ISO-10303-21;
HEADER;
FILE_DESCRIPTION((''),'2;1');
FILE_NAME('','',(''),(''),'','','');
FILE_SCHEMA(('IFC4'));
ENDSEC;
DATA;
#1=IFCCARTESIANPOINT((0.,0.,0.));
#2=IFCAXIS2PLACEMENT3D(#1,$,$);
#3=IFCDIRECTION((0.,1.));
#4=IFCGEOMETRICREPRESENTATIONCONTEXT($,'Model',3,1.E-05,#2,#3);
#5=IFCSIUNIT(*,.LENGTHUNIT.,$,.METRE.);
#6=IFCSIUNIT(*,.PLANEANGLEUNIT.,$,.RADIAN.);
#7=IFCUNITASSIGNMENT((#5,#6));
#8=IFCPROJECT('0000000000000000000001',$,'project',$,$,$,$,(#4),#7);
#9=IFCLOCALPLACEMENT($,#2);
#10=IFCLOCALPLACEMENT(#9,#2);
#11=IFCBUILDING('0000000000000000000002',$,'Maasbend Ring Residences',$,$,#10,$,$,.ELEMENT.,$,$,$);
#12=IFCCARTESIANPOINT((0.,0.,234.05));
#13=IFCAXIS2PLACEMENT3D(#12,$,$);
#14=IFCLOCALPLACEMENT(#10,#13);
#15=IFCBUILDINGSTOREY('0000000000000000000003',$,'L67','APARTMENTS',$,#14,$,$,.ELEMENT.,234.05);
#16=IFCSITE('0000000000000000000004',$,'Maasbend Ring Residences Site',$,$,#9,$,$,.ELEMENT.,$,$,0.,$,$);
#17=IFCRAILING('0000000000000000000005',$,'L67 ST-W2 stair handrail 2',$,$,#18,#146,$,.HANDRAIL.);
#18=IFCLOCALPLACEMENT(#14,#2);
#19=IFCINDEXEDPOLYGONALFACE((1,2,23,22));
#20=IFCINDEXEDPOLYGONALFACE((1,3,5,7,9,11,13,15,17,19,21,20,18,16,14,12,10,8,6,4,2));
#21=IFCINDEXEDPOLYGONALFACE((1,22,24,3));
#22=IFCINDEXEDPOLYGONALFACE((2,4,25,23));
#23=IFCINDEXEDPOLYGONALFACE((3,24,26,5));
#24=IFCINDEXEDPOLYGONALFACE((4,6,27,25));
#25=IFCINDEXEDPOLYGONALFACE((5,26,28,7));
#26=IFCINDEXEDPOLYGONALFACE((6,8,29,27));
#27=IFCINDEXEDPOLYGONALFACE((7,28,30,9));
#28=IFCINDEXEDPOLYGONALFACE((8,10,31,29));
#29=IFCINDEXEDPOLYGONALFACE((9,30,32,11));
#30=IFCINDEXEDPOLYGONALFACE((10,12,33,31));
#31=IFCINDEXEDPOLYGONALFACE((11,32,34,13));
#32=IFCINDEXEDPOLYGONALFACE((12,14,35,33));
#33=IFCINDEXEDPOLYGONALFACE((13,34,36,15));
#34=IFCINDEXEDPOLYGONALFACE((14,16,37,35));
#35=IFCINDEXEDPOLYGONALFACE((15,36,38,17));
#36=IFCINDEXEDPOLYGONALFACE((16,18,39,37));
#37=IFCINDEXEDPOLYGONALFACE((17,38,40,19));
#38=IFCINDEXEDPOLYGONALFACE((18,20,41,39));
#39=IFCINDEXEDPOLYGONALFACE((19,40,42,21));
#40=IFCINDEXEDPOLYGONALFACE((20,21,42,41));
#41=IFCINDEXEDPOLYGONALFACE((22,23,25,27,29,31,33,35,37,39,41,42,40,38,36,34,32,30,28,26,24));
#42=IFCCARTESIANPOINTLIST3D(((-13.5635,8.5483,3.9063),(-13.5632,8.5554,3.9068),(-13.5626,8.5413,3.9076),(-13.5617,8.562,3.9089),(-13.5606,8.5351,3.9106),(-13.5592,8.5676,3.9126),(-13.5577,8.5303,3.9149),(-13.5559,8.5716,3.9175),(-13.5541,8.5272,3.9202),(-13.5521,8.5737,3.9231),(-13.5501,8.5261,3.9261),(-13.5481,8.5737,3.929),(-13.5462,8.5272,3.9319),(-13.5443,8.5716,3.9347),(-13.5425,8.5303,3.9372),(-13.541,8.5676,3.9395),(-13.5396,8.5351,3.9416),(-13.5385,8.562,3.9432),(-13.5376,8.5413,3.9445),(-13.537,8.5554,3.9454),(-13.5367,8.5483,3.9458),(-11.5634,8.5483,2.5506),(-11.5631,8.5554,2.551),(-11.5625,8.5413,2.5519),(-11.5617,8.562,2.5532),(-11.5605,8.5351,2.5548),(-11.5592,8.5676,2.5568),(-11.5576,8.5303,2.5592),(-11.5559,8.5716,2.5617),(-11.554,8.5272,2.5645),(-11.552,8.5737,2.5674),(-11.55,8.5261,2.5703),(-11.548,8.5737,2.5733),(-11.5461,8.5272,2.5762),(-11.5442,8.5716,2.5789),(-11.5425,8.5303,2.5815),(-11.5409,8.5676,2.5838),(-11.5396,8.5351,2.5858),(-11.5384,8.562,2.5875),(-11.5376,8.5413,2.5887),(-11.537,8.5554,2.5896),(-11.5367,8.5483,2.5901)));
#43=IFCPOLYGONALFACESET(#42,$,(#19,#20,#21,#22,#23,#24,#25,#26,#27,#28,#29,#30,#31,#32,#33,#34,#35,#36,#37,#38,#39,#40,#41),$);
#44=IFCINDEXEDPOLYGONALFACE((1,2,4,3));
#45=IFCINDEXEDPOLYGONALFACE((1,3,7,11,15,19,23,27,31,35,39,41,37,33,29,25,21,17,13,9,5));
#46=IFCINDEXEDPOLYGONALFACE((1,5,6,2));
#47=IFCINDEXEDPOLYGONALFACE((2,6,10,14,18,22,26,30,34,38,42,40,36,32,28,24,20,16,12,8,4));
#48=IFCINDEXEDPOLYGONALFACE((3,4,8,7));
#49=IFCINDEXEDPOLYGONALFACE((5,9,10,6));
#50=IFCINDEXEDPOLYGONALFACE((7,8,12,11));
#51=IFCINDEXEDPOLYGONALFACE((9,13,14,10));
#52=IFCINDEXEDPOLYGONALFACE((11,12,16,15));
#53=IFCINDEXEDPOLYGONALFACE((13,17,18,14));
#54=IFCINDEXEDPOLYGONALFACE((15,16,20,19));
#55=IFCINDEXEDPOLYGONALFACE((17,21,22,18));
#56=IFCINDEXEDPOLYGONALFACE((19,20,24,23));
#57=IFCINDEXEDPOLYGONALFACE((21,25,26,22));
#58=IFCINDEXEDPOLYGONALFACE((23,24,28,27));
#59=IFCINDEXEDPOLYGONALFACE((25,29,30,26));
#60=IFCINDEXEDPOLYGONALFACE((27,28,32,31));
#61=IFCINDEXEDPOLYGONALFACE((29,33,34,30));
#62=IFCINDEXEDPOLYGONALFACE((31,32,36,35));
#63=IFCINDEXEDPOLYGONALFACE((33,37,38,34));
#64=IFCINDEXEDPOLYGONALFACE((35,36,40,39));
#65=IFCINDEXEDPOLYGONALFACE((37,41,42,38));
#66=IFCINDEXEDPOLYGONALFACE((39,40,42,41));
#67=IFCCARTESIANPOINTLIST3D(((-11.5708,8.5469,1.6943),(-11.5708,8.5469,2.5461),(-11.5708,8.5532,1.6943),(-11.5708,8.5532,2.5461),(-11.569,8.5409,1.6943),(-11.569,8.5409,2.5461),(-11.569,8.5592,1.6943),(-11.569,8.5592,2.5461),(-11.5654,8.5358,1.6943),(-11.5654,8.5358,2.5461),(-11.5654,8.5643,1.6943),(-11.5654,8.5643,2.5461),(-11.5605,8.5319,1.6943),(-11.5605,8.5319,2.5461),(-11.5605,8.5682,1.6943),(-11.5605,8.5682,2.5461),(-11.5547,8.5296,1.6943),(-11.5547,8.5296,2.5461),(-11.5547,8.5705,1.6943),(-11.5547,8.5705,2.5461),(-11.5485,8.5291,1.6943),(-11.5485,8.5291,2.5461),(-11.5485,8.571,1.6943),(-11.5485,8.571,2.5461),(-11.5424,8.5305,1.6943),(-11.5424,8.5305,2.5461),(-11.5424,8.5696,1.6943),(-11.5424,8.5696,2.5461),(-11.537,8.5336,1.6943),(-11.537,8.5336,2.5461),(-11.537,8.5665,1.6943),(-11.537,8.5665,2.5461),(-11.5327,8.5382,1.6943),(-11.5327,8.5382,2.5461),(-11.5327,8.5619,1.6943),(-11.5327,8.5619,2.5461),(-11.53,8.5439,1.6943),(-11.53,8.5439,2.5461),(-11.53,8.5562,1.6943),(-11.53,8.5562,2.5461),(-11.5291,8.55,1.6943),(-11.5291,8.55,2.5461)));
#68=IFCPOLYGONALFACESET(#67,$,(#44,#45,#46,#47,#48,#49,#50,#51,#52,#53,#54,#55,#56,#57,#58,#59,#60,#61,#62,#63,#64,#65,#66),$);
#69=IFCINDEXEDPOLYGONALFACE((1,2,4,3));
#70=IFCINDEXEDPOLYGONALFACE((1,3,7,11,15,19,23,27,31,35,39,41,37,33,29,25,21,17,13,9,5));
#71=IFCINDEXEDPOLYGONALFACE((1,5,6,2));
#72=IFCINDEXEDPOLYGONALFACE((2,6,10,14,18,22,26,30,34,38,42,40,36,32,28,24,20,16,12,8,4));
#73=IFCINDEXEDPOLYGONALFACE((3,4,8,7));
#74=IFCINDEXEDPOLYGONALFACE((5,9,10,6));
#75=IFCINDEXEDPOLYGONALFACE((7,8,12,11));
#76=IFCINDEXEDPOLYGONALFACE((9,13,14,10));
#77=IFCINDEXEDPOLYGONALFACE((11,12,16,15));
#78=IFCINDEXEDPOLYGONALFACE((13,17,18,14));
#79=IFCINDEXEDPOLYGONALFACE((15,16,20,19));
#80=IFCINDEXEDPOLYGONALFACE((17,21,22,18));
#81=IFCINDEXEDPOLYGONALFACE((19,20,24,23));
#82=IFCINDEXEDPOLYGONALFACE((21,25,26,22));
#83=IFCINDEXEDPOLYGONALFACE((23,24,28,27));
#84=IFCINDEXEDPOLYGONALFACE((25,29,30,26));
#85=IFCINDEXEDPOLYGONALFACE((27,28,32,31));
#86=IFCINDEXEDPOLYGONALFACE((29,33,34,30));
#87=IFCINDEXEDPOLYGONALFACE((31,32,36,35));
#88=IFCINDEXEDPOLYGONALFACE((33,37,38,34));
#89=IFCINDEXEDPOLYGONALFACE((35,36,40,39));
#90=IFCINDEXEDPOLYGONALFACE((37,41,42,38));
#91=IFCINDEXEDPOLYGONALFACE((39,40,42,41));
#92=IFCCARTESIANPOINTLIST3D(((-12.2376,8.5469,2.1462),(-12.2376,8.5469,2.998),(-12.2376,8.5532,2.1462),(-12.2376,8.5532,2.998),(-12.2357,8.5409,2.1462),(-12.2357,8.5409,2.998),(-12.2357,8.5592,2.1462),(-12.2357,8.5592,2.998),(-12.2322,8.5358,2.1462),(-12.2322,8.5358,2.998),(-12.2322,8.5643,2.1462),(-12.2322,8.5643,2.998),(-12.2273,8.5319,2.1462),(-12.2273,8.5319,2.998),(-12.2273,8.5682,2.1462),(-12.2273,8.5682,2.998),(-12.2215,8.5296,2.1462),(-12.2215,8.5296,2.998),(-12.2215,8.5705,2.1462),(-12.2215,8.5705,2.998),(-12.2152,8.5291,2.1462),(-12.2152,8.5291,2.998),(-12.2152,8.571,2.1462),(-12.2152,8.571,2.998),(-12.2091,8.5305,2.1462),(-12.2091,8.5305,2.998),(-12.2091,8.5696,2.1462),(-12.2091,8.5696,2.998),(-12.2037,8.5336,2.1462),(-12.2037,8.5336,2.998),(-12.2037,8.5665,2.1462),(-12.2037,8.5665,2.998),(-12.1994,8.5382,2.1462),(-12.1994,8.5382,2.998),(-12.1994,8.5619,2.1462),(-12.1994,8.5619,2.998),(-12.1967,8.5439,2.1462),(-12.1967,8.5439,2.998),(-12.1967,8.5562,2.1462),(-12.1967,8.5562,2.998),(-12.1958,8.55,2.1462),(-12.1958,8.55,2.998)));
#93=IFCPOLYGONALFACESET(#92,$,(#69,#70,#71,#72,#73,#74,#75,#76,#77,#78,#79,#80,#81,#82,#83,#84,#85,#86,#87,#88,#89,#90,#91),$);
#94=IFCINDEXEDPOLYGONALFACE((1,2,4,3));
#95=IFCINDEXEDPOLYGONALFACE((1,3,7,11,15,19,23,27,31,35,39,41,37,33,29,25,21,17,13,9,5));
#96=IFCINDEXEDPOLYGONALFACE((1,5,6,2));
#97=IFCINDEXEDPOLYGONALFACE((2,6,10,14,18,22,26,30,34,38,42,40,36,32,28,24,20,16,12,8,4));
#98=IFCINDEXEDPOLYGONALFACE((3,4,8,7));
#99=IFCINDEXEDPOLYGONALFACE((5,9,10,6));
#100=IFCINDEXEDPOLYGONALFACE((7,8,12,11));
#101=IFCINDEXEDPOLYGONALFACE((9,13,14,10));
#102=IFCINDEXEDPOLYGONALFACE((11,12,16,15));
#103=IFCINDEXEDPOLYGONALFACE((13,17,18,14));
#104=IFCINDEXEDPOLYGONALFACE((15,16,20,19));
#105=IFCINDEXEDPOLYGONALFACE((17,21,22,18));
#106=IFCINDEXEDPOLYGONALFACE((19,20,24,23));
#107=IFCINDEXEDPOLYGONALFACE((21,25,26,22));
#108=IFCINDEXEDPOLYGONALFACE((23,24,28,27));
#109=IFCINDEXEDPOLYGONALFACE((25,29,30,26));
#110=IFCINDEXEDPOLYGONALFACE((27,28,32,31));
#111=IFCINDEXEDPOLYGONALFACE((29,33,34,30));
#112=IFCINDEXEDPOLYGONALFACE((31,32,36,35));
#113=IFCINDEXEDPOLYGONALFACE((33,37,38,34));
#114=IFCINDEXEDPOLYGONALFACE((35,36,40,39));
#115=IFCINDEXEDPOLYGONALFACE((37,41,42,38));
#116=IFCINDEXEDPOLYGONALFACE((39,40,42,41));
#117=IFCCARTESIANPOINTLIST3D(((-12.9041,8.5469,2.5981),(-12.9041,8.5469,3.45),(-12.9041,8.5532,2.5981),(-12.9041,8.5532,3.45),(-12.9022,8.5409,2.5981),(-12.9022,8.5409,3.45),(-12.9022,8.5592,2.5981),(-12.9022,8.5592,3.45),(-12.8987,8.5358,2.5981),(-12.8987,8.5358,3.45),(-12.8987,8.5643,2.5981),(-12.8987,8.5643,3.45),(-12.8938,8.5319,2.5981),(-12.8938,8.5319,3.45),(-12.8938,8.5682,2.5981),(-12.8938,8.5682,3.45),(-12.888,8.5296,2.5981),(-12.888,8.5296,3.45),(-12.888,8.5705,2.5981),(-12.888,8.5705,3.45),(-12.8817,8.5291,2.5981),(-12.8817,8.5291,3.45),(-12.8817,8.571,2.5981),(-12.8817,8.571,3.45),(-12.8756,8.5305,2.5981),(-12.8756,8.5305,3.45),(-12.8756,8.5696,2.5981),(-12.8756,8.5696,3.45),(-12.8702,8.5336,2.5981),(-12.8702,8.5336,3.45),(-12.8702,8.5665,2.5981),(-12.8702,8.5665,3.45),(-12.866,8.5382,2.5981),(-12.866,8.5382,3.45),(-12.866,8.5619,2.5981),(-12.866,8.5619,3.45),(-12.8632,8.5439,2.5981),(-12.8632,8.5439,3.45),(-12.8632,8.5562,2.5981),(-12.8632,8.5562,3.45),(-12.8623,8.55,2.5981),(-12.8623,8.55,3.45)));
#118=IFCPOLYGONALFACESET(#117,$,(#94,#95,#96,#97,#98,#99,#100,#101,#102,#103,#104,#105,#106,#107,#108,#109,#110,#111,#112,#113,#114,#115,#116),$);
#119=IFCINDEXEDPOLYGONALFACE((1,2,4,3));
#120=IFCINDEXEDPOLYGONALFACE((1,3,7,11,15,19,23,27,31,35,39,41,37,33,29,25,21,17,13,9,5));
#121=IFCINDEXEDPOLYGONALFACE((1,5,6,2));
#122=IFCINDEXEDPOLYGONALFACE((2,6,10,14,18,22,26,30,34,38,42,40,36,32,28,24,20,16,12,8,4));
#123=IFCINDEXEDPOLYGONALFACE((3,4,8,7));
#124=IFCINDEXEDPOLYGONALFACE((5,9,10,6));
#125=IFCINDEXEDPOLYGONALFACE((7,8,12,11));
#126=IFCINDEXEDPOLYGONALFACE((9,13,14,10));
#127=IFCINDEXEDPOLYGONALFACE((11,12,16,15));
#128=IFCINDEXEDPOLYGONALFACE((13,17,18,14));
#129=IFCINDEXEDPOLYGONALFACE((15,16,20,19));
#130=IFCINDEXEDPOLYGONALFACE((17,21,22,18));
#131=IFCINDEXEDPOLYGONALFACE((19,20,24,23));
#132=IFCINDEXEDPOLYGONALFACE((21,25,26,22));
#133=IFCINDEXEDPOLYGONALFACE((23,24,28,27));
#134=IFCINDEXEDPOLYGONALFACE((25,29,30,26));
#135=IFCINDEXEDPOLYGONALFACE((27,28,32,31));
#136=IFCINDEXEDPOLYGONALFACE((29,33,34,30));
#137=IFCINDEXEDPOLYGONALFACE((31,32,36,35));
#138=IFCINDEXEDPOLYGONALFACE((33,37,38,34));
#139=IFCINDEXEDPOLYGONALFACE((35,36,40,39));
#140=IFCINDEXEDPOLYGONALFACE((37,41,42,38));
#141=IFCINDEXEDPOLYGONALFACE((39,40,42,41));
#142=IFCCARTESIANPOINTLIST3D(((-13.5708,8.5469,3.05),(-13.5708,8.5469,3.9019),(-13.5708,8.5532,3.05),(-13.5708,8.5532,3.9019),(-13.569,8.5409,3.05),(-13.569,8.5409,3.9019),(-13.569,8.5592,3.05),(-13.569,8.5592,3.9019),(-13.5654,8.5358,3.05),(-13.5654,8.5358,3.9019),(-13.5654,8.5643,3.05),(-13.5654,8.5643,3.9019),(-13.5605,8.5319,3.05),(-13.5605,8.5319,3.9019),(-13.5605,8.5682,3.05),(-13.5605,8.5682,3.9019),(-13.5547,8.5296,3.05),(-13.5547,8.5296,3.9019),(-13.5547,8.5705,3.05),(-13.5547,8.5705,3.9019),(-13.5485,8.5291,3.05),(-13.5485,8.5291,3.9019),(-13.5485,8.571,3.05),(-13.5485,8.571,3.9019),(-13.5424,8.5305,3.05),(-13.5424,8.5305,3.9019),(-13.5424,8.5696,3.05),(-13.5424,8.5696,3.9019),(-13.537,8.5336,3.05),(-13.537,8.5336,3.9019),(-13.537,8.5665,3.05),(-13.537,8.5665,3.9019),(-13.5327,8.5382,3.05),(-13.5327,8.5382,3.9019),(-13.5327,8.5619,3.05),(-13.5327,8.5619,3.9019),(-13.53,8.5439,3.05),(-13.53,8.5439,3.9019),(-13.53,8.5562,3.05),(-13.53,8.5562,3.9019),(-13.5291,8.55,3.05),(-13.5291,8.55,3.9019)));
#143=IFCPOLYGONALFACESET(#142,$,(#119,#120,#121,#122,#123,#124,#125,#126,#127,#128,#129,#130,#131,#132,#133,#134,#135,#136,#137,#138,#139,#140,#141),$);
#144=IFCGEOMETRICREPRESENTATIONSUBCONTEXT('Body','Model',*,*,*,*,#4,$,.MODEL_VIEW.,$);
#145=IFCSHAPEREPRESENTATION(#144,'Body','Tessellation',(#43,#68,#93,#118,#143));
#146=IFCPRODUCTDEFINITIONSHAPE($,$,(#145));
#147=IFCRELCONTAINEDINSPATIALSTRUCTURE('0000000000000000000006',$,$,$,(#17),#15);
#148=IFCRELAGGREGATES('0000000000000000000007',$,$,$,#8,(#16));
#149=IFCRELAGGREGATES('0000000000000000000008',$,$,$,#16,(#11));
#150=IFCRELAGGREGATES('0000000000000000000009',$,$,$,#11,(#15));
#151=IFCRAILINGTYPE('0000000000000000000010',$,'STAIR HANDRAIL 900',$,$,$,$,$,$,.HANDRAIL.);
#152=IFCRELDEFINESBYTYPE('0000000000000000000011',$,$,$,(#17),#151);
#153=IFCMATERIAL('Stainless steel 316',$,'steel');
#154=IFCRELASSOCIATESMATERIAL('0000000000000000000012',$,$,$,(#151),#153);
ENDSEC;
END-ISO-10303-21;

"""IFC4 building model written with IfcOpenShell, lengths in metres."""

from ifc_helpers import new_model, si_unit, direction, frame, origin, origin_2d, place, context, subcontext, project, spatial, circle, extrude, material, type_object, element, save


model = new_model("IFC4")

# Units and contexts
model_context = context("Model", 3, precision=1e-05, world=origin(), true_north=direction((0.0, 1.0)))
body_context = subcontext(model_context, "Body", "Model", "MODEL_VIEW")
ifc_project = project(units=[si_unit("LENGTHUNIT", "METRE"), si_unit("PLANEANGLEUNIT", "RADIAN")], contexts=[model_context])

# Site, building, storey
site_placement = place(None, origin())
site = spatial("IfcSite", under=ifc_project, at=site_placement, Name="Maasbend Ring Residences Site", CompositionType="ELEMENT", RefElevation=0.0)
building_placement = place(site_placement, origin())
building = spatial("IfcBuilding", under=site, at=building_placement, Name="Maasbend Ring Residences", CompositionType="ELEMENT")
storey_placement = place(building_placement, frame((0.0, 0.0, 234.05)))
storey = spatial("IfcBuildingStorey", under=building, at=storey_placement, Name="L67", Description="APARTMENTS", CompositionType="ELEMENT", Elevation=234.05)

# Railing
ifc_material_1 = material(Name="Stainless steel 316", Category="steel")
railing_type_1 = type_object("IfcRailingType", Name="STAIR HANDRAIL 900", PredefinedType="HANDRAIL", material=ifc_material_1)
railing_1_placement = place(storey_placement, frame((-11.55, 8.55, 1.6943)))
element("IfcRailing", 1, at=railing_1_placement, inside=storey, type_object=railing_type_1, Name="L67 ST-W2 stair handrail 2", PredefinedType="HANDRAIL", context=body_context, shape_type="SweptSolid", body=[
    extrude(circle(Radius=0.0239, at=origin_2d()), frame((0.0, 0.0, 0.876), z_axis=(-0.827751, 0.0, 0.561096), x_axis=(0.0, -1.0, 0.0)), (0.0, 0.0, 1.0), 2.4163),
    extrude(circle(Radius=0.021, at=origin_2d()), origin(), (0.0, 0.0, 1.0), 0.8518),
    extrude(circle(Radius=0.021, at=origin_2d()), frame((-0.6667, 0.0, 0.4519)), (0.0, 0.0, 1.0), 0.8518),
    extrude(circle(Radius=0.021, at=origin_2d()), frame((-1.3333, 0.0, 0.9038)), (0.0, 0.0, 1.0), 0.8518),
    extrude(circle(Radius=0.021, at=origin_2d()), frame((-2.0, 0.0, 1.3557)), (0.0, 0.0, 1.0), 0.8518),
])

save(model, "model.ifc")
